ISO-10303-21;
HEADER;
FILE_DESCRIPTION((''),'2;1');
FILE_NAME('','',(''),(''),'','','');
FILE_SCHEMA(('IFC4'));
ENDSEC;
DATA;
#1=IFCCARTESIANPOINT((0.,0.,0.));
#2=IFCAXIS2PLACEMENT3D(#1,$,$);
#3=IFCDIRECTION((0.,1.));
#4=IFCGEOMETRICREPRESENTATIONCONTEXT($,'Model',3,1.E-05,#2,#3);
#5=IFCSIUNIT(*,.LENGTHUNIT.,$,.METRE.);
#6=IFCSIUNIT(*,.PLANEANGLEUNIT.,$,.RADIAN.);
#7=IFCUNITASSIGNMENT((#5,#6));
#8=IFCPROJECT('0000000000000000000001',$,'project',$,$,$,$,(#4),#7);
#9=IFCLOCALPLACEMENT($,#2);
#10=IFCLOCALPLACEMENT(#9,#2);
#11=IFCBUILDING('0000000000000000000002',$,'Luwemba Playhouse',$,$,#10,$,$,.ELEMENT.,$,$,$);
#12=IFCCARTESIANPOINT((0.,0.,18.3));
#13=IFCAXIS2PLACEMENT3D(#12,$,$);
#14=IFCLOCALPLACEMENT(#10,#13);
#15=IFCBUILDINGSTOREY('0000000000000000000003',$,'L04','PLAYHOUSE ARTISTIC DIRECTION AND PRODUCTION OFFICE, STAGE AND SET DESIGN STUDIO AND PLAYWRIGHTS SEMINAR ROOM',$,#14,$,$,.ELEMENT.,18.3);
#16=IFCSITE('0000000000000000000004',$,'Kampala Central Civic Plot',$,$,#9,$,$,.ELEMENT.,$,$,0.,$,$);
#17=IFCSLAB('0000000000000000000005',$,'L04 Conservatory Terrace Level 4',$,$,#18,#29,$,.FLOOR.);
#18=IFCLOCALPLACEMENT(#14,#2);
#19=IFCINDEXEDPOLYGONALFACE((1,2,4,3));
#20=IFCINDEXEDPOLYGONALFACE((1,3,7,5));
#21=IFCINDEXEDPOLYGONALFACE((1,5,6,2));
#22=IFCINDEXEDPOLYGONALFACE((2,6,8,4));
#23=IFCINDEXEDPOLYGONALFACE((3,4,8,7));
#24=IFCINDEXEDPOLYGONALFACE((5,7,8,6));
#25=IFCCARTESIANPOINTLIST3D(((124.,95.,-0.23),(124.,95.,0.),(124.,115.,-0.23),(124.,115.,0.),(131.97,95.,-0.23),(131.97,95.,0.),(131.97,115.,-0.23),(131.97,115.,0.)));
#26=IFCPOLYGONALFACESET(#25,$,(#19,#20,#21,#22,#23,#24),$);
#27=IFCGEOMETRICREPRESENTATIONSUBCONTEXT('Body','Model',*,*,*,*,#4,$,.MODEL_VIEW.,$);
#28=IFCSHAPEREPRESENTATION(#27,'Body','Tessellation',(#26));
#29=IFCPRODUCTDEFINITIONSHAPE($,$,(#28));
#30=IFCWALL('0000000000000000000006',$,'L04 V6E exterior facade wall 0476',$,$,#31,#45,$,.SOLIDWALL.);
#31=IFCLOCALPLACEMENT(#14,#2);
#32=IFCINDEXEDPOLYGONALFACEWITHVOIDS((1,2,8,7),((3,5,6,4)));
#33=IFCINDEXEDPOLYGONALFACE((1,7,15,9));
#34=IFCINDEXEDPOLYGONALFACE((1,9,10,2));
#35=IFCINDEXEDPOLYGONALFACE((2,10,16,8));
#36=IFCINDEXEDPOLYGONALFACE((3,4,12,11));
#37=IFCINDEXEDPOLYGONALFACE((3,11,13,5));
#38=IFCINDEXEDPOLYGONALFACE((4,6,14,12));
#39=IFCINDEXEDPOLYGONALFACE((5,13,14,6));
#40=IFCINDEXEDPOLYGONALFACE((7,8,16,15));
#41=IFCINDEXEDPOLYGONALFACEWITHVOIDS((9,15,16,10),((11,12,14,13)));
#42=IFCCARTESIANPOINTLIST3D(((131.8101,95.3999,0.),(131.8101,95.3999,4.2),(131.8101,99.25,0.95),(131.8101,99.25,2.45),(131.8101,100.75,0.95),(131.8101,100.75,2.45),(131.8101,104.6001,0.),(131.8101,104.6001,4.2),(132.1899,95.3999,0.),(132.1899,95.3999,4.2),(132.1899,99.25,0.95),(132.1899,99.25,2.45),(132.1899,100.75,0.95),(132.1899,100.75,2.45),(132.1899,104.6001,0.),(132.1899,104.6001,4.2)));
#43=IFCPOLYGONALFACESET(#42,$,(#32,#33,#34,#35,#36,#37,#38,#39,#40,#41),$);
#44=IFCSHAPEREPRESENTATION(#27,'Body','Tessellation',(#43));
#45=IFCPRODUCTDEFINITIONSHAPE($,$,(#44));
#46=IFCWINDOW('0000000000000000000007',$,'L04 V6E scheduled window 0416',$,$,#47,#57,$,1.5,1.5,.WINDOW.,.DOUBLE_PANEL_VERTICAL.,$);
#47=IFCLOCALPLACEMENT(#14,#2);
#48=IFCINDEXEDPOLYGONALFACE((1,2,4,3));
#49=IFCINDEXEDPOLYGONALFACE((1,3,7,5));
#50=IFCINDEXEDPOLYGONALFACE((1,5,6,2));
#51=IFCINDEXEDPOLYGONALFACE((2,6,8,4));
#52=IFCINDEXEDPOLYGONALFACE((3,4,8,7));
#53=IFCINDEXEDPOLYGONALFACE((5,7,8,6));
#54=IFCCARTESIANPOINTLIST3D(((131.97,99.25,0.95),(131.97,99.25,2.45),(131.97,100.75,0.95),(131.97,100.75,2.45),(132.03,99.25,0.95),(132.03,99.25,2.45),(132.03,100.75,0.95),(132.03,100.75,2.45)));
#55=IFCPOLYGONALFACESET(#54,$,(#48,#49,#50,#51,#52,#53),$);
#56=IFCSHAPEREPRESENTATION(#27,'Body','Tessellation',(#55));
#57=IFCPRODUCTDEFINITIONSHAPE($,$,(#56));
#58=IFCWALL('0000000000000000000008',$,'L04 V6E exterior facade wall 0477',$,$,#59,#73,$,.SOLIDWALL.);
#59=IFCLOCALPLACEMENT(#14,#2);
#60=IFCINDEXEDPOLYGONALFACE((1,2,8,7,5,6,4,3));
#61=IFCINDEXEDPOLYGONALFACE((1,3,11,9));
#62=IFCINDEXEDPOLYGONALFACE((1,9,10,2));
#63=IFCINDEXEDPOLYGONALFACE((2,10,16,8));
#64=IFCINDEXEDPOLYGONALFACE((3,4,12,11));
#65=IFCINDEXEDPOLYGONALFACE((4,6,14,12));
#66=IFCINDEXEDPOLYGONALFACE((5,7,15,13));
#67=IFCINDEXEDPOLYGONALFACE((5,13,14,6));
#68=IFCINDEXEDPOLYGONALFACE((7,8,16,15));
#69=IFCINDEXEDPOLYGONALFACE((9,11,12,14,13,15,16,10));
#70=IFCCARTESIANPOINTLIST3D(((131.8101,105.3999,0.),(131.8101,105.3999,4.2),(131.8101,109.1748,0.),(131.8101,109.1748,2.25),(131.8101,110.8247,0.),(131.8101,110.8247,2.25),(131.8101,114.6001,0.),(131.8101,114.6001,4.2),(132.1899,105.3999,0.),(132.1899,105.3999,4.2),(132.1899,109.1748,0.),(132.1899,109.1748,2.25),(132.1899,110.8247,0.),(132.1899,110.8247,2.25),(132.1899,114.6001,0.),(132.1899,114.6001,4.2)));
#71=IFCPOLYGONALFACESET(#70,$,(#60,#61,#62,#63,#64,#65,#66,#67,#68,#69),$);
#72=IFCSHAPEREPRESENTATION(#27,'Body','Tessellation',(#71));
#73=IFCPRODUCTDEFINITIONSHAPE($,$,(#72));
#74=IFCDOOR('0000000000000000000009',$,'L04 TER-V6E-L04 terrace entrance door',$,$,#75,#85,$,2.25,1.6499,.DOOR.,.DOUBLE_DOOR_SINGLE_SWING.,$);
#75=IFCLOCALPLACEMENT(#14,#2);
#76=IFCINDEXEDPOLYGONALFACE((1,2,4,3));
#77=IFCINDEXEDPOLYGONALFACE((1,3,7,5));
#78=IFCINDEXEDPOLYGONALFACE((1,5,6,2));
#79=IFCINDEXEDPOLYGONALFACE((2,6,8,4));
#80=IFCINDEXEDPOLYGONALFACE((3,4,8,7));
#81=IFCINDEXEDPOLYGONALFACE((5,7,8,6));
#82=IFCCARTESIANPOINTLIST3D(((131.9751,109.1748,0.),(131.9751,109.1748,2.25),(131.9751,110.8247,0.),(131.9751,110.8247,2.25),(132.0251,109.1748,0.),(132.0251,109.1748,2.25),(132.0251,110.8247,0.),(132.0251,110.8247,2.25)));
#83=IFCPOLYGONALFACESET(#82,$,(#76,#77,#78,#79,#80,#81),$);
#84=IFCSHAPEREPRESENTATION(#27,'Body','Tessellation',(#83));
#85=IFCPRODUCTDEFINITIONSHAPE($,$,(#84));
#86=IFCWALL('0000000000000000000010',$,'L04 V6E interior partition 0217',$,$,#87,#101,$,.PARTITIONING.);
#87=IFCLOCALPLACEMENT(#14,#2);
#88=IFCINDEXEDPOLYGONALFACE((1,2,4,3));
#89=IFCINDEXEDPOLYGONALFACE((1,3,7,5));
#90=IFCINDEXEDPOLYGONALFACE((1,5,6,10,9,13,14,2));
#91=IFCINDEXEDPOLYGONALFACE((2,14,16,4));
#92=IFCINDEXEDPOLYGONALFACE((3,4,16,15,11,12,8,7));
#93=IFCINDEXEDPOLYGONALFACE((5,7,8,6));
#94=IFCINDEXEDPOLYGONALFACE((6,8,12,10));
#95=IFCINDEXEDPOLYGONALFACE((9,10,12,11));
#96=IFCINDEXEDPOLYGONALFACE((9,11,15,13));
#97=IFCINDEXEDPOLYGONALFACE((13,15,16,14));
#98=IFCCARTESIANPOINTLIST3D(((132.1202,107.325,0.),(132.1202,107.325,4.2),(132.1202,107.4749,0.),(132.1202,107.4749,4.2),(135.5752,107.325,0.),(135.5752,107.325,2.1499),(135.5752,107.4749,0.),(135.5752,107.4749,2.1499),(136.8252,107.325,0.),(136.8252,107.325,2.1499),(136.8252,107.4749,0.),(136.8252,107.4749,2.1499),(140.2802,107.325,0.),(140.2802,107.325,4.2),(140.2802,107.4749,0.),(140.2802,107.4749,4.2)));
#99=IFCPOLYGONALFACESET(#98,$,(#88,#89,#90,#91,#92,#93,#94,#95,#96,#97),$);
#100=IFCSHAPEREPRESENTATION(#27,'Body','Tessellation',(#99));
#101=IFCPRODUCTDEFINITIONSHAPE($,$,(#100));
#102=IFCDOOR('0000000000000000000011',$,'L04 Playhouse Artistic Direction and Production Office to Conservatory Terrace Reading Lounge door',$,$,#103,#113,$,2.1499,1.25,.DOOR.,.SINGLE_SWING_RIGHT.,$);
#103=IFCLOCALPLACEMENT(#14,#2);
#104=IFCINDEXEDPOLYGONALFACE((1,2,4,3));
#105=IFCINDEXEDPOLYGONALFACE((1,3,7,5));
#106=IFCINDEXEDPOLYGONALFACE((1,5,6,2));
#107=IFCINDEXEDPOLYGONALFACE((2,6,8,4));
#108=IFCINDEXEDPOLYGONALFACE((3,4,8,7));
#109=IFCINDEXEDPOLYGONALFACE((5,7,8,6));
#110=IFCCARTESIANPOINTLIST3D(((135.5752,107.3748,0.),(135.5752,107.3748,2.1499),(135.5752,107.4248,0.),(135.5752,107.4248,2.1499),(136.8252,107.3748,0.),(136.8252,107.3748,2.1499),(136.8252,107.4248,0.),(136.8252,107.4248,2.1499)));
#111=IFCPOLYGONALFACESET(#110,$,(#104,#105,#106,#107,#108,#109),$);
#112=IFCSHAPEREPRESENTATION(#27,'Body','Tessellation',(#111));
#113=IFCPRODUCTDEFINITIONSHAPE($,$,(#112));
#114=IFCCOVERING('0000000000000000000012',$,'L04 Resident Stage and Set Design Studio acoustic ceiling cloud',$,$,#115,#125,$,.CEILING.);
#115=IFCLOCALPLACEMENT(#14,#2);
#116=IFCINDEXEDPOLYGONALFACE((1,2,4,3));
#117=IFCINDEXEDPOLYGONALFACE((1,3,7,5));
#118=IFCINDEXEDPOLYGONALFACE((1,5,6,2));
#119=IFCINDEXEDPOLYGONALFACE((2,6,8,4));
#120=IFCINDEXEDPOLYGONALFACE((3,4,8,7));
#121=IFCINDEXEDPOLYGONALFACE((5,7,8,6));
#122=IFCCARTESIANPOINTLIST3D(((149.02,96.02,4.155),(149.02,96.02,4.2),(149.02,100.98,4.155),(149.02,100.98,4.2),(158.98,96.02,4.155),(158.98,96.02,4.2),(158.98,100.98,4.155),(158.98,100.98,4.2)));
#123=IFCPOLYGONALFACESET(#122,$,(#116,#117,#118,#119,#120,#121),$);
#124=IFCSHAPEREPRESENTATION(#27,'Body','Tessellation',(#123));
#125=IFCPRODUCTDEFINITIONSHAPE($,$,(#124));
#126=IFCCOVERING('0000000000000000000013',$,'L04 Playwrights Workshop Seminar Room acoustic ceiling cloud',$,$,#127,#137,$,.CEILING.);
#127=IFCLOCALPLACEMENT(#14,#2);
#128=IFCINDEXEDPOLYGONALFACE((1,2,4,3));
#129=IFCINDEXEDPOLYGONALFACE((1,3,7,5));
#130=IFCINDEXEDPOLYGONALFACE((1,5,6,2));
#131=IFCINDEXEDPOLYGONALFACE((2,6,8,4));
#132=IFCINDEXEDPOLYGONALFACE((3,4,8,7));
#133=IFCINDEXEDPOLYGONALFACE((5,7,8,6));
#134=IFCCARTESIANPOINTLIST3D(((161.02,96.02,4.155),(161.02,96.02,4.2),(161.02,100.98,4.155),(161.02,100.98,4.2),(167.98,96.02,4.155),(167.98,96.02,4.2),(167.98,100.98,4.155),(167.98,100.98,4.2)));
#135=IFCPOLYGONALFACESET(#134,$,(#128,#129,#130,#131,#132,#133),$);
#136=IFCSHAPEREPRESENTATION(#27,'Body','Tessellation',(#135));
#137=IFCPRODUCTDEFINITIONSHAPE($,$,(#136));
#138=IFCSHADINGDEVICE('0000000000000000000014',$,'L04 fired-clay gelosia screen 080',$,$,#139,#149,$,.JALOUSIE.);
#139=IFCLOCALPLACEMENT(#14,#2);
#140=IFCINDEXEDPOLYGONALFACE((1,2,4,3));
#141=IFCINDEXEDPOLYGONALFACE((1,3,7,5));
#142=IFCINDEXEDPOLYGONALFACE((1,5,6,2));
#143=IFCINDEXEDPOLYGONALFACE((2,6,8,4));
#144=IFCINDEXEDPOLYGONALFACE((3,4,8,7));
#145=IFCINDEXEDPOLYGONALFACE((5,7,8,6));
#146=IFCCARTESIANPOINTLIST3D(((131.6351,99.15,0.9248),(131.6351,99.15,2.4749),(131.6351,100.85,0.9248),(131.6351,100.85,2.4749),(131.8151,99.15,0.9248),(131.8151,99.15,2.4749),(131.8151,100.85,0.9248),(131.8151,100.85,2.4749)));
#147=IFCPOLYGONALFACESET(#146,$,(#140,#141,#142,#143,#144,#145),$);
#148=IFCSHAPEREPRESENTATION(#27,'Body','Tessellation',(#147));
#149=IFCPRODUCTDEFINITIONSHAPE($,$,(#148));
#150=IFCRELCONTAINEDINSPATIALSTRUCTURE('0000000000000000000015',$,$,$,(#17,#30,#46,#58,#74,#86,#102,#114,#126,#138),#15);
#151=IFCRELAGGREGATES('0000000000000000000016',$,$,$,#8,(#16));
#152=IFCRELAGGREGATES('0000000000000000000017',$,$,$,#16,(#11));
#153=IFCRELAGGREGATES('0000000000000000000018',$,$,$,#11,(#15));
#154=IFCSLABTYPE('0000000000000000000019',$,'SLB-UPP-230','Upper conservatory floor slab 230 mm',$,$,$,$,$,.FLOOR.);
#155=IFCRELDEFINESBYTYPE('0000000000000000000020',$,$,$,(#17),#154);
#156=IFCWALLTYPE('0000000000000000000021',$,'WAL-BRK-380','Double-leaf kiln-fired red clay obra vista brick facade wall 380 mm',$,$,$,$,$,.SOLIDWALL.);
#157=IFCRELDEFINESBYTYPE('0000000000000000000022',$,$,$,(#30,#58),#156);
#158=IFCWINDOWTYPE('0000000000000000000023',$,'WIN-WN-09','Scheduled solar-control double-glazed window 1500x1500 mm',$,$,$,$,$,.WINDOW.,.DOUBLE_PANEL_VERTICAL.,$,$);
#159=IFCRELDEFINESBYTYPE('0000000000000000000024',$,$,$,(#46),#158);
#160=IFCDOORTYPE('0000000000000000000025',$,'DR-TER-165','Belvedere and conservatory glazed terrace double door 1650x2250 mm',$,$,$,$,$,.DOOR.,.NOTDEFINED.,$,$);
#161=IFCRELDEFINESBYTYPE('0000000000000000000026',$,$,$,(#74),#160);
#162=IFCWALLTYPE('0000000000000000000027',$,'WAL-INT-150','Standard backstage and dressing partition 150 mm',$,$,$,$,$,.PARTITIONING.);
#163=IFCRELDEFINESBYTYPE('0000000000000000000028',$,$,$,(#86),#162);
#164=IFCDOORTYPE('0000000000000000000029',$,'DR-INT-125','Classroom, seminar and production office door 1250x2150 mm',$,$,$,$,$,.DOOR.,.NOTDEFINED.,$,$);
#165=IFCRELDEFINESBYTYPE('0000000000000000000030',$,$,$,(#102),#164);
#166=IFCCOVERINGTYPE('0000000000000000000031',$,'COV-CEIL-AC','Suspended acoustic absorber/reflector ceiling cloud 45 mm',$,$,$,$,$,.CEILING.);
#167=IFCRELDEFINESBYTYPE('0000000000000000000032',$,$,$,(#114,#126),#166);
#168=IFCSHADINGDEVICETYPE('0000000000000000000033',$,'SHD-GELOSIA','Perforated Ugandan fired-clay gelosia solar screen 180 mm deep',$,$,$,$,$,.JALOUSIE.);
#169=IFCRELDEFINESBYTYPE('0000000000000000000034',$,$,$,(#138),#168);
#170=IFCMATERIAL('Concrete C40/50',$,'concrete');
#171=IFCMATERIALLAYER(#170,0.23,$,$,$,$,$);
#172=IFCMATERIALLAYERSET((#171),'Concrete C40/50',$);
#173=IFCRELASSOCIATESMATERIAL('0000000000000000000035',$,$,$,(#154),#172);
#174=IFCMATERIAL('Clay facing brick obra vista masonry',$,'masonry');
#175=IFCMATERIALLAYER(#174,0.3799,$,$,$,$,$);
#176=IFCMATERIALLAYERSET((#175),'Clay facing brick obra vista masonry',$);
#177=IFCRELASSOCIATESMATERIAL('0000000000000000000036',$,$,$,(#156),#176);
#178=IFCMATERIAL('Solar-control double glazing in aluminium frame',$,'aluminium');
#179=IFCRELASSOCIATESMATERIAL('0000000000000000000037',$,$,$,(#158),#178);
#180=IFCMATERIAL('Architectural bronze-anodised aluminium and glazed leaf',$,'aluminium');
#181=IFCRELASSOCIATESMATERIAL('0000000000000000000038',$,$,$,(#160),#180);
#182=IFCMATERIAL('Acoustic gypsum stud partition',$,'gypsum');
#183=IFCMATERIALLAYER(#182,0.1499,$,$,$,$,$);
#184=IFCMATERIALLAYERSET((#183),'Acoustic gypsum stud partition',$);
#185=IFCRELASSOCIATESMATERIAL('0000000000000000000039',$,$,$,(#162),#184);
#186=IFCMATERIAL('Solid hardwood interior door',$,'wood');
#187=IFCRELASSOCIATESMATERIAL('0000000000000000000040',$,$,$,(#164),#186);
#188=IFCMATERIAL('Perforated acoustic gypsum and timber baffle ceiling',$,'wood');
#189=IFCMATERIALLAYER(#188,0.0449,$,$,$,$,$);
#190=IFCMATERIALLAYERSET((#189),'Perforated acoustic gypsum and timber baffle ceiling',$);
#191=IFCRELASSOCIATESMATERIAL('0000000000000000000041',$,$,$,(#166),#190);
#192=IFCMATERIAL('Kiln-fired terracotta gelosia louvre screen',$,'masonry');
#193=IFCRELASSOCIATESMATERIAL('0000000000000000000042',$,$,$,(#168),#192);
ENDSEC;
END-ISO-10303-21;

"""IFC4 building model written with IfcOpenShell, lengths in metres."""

from ifc_helpers import new_model, si_unit, direction, frame, frame_2d, origin, origin_2d, place, context, subcontext, project, spatial, polyline, rectangle, outline, extrude, material, layer, layer_set, type_object, element, fill, save


model = new_model("IFC4")

# Units and contexts
model_context = context("Model", 3, precision=1e-05, world=origin(), true_north=direction((0.0, 1.0)))
body_context = subcontext(model_context, "Body", "Model", "MODEL_VIEW")
ifc_project = project(units=[si_unit("LENGTHUNIT", "METRE"), si_unit("PLANEANGLEUNIT", "RADIAN")], contexts=[model_context])

# Site, building, storey
site_placement = place(None, origin())
site = spatial("IfcSite", under=ifc_project, at=site_placement, Name="Kampala Central Civic Plot", CompositionType="ELEMENT", RefElevation=0.0)
building_placement = place(site_placement, origin())
building = spatial("IfcBuilding", under=site, at=building_placement, Name="Luwemba Playhouse", CompositionType="ELEMENT")
storey_placement = place(building_placement, frame((0.0, 0.0, 18.3)))
storey = spatial("IfcBuildingStorey", under=building, at=storey_placement, Name="L04", Description="PLAYHOUSE ARTISTIC DIRECTION AND PRODUCTION OFFICE, STAGE AND SET DESIGN STUDIO AND PLAYWRIGHTS SEMINAR ROOM", CompositionType="ELEMENT", Elevation=18.3)

# Shared definitions
ifc_material_1 = material(Name="Concrete C40/50", Category="concrete")

# Slab
ifc_layer_1 = layer(ifc_material_1, 0.23)
ifc_layer_set_1 = layer_set([ifc_layer_1], Name="Concrete C40/50")
slab_type_1 = type_object("IfcSlabType", Name="SLB-UPP-230", Description="Upper conservatory floor slab 230 mm", PredefinedType="FLOOR", material=ifc_layer_set_1)
slab_1_placement = place(storey_placement, frame((0.0, 0.0, -0.23)))
element("IfcSlab", 1, at=slab_1_placement, inside=storey, type_object=slab_type_1, Name="L04 Conservatory Terrace Level 4", PredefinedType="FLOOR", context=body_context, shape_type="SweptSolid", body=[
    extrude(outline(polyline([(124.0, 95.0), (131.97, 95.0), (131.97, 115.0), (124.0, 115.0), (124.0, 95.0)])), origin(), (0.0, 0.0, 1.0), 0.23),
])

# Wall, opening, window
ifc_material_2 = material(Name="Clay facing brick obra vista masonry", Category="masonry")
ifc_layer_2 = layer(ifc_material_2, 0.3799)
ifc_layer_set_2 = layer_set([ifc_layer_2], Name="Clay facing brick obra vista masonry")
wall_type_1 = type_object("IfcWallType", Name="WAL-BRK-380", Description="Double-leaf kiln-fired red clay obra vista brick facade wall 380 mm", PredefinedType="SOLIDWALL", material=ifc_layer_set_2)
wall_1_placement = place(storey_placement, frame((132.0, 95.3999, 0.0), z_axis=(0.0, 0.0, 1.0), x_axis=(0.0, 1.0, 0.0)))
wall_1 = element("IfcWall", 2, at=wall_1_placement, inside=storey, type_object=wall_type_1, Name="L04 V6E exterior facade wall 0476", PredefinedType="SOLIDWALL", context=body_context, shape_type="SweptSolid", body=[
    extrude(rectangle(XDim=9.2002, YDim=0.3799, at=frame_2d((4.6001, 0.0))), origin(), (0.0, 0.0, 1.0), 4.2),
])
opening_1_placement = place(wall_1_placement, frame((3.8501, 0.0, 0.95)))
opening_1 = element("IfcOpeningElement", 3, at=opening_1_placement, cuts=wall_1, PredefinedType="OPENING", context=body_context, shape_type="SweptSolid", body=[
    extrude(rectangle(XDim=1.5, YDim=1.5, at=frame_2d((0.75, 0.75))), frame((0.0, 0.2, 0.0), z_axis=(0.0, -1.0, 0.0), x_axis=(1.0, 0.0, 0.0)), (0.0, 0.0, 1.0), 0.3999),
])
ifc_material_3 = material(Name="Solar-control double glazing in aluminium frame", Category="aluminium")
window_type = type_object("IfcWindowType", Name="WIN-WN-09", Description="Scheduled solar-control double-glazed window 1500x1500 mm", PartitioningType="DOUBLE_PANEL_VERTICAL", PredefinedType="WINDOW", material=ifc_material_3)
window_placement = place(opening_1_placement, origin())
window = element("IfcWindow", 4, at=window_placement, inside=storey, type_object=window_type, Name="L04 V6E scheduled window 0416", OverallHeight=1.5, OverallWidth=1.5, PartitioningType="DOUBLE_PANEL_VERTICAL", PredefinedType="WINDOW", context=body_context, shape_type="SweptSolid", body=[
    extrude(rectangle(XDim=1.5, YDim=1.5, at=frame_2d((0.75, 0.75))), frame((0.0, 0.03, 0.0), z_axis=(0.0, -1.0, 0.0), x_axis=(1.0, 0.0, 0.0)), (0.0, 0.0, 1.0), 0.0601),
])
fill(opening_1, window)

# Walls, openings, doors
wall_2_placement = place(storey_placement, frame((132.0, 105.3999, 0.0), z_axis=(0.0, 0.0, 1.0), x_axis=(0.0, 1.0, 0.0)))
wall_2 = element("IfcWall", 5, at=wall_2_placement, inside=storey, type_object=wall_type_1, Name="L04 V6E exterior facade wall 0477", PredefinedType="SOLIDWALL", context=body_context, shape_type="SweptSolid", body=[
    extrude(rectangle(XDim=9.2002, YDim=0.3799, at=frame_2d((4.6001, 0.0))), origin(), (0.0, 0.0, 1.0), 4.2),
])
opening_2_placement = place(wall_2_placement, frame((3.7749, 0.0, 0.0)))
opening_2 = element("IfcOpeningElement", 6, at=opening_2_placement, cuts=wall_2, PredefinedType="OPENING", context=body_context, shape_type="SweptSolid", body=[
    extrude(rectangle(XDim=1.6499, YDim=2.25, at=frame_2d((0.825, 1.125))), frame((0.0, 0.2, 0.0), z_axis=(0.0, -1.0, 0.0), x_axis=(1.0, 0.0, 0.0)), (0.0, 0.0, 1.0), 0.3999),
])
ifc_material_4 = material(Name="Architectural bronze-anodised aluminium and glazed leaf", Category="aluminium")
door_type_1 = type_object("IfcDoorType", Name="DR-TER-165", Description="Belvedere and conservatory glazed terrace double door 1650x2250 mm", OperationType="NOTDEFINED", PredefinedType="DOOR", material=ifc_material_4)
door_1_placement = place(opening_2_placement, origin())
door_1 = element("IfcDoor", 7, at=door_1_placement, inside=storey, type_object=door_type_1, Name="L04 TER-V6E-L04 terrace entrance door", OperationType="DOUBLE_DOOR_SINGLE_SWING", OverallHeight=2.25, OverallWidth=1.6499, PredefinedType="DOOR", context=body_context, shape_type="SweptSolid", body=[
    extrude(rectangle(XDim=1.6499, YDim=2.25, at=frame_2d((0.825, 1.125))), frame((0.0, 0.0249, 0.0), z_axis=(0.0, -1.0, 0.0), x_axis=(1.0, 0.0, 0.0)), (0.0, 0.0, 1.0), 0.05),
])
fill(opening_2, door_1)
ifc_material_5 = material(Name="Acoustic gypsum stud partition", Category="gypsum")
ifc_layer_3 = layer(ifc_material_5, 0.1499)
ifc_layer_set_3 = layer_set([ifc_layer_3], Name="Acoustic gypsum stud partition")
wall_type_2 = type_object("IfcWallType", Name="WAL-INT-150", Description="Standard backstage and dressing partition 150 mm", PredefinedType="PARTITIONING", material=ifc_layer_set_3)
wall_3_placement = place(storey_placement, frame((132.1201, 107.3999, 0.0), z_axis=(0.0, 0.0, 1.0), x_axis=(1.0, 0.0, 0.0)))
wall_3 = element("IfcWall", 8, at=wall_3_placement, inside=storey, type_object=wall_type_2, Name="L04 V6E interior partition 0217", PredefinedType="PARTITIONING", context=body_context, shape_type="SweptSolid", body=[
    extrude(rectangle(XDim=8.1599, YDim=0.1499, at=frame_2d((4.0801, 0.0))), origin(), (0.0, 0.0, 1.0), 4.2),
])
opening_3_placement = place(wall_3_placement, frame((3.4551, 0.0, 0.0)))
opening_3 = element("IfcOpeningElement", 9, at=opening_3_placement, cuts=wall_3, PredefinedType="OPENING", context=body_context, shape_type="SweptSolid", body=[
    extrude(rectangle(XDim=1.25, YDim=2.1499, at=frame_2d((0.625, 1.075))), frame((0.0, 0.085, 0.0), z_axis=(0.0, -1.0, 0.0), x_axis=(1.0, 0.0, 0.0)), (0.0, 0.0, 1.0), 0.1699),
])
ifc_material_6 = material(Name="Solid hardwood interior door", Category="wood")
door_type_2 = type_object("IfcDoorType", Name="DR-INT-125", Description="Classroom, seminar and production office door 1250x2150 mm", OperationType="NOTDEFINED", PredefinedType="DOOR", material=ifc_material_6)
door_2_placement = place(opening_3_placement, origin())
door_2 = element("IfcDoor", 10, at=door_2_placement, inside=storey, type_object=door_type_2, Name="L04 Playhouse Artistic Direction and Production Office to Conservatory Terrace Reading Lounge door", OperationType="SINGLE_SWING_RIGHT", OverallHeight=2.1499, OverallWidth=1.25, PredefinedType="DOOR", context=body_context, shape_type="SweptSolid", body=[
    extrude(rectangle(XDim=1.25, YDim=2.1499, at=frame_2d((0.625, 1.075))), frame((0.0, 0.0249, 0.0), z_axis=(0.0, -1.0, 0.0), x_axis=(1.0, 0.0, 0.0)), (0.0, 0.0, 1.0), 0.05),
])
fill(opening_3, door_2)

# Coverings
ifc_material_7 = material(Name="Perforated acoustic gypsum and timber baffle ceiling", Category="wood")
ifc_layer_4 = layer(ifc_material_7, 0.0449)
ifc_layer_set_4 = layer_set([ifc_layer_4], Name="Perforated acoustic gypsum and timber baffle ceiling")
covering_type = type_object("IfcCoveringType", Name="COV-CEIL-AC", Description="Suspended acoustic absorber/reflector ceiling cloud 45 mm", PredefinedType="CEILING", material=ifc_layer_set_4)
covering_1_placement = place(storey_placement, frame((0.0, 0.0, 4.155)))
element("IfcCovering", 11, at=covering_1_placement, inside=storey, type_object=covering_type, Name="L04 Resident Stage and Set Design Studio acoustic ceiling cloud", PredefinedType="CEILING", context=body_context, shape_type="SweptSolid", body=[
    extrude(outline(polyline([(149.02, 96.02), (158.98, 96.02), (158.98, 100.98), (149.02, 100.98), (149.02, 96.02)])), origin(), (0.0, 0.0, 1.0), 0.0449),
])
covering_2_placement = place(storey_placement, frame((0.0, 0.0, 4.155)))
element("IfcCovering", 12, at=covering_2_placement, inside=storey, type_object=covering_type, Name="L04 Playwrights Workshop Seminar Room acoustic ceiling cloud", PredefinedType="CEILING", context=body_context, shape_type="SweptSolid", body=[
    extrude(outline(polyline([(161.02, 96.02), (167.98, 96.02), (167.98, 100.98), (161.02, 100.98), (161.02, 96.02)])), origin(), (0.0, 0.0, 1.0), 0.0449),
])

# Shading device
ifc_material_8 = material(Name="Kiln-fired terracotta gelosia louvre screen", Category="masonry")
shading_device_type = type_object("IfcShadingDeviceType", Name="SHD-GELOSIA", Description="Perforated Ugandan fired-clay gelosia solar screen 180 mm deep", PredefinedType="JALOUSIE", material=ifc_material_8)
shading_device_placement = place(storey_placement, frame((131.7251, 100.0, 0.9248), z_axis=(0.0, 0.0, 1.0), x_axis=(0.0, 1.0, 0.0)))
element("IfcShadingDevice", 13, at=shading_device_placement, inside=storey, type_object=shading_device_type, Name="L04 fired-clay gelosia screen 080", PredefinedType="JALOUSIE", context=body_context, shape_type="SweptSolid", body=[
    extrude(rectangle(XDim=1.7, YDim=0.1799, at=origin_2d()), origin(), (0.0, 0.0, 1.0), 1.55),
])

save(model, "model.ifc")
